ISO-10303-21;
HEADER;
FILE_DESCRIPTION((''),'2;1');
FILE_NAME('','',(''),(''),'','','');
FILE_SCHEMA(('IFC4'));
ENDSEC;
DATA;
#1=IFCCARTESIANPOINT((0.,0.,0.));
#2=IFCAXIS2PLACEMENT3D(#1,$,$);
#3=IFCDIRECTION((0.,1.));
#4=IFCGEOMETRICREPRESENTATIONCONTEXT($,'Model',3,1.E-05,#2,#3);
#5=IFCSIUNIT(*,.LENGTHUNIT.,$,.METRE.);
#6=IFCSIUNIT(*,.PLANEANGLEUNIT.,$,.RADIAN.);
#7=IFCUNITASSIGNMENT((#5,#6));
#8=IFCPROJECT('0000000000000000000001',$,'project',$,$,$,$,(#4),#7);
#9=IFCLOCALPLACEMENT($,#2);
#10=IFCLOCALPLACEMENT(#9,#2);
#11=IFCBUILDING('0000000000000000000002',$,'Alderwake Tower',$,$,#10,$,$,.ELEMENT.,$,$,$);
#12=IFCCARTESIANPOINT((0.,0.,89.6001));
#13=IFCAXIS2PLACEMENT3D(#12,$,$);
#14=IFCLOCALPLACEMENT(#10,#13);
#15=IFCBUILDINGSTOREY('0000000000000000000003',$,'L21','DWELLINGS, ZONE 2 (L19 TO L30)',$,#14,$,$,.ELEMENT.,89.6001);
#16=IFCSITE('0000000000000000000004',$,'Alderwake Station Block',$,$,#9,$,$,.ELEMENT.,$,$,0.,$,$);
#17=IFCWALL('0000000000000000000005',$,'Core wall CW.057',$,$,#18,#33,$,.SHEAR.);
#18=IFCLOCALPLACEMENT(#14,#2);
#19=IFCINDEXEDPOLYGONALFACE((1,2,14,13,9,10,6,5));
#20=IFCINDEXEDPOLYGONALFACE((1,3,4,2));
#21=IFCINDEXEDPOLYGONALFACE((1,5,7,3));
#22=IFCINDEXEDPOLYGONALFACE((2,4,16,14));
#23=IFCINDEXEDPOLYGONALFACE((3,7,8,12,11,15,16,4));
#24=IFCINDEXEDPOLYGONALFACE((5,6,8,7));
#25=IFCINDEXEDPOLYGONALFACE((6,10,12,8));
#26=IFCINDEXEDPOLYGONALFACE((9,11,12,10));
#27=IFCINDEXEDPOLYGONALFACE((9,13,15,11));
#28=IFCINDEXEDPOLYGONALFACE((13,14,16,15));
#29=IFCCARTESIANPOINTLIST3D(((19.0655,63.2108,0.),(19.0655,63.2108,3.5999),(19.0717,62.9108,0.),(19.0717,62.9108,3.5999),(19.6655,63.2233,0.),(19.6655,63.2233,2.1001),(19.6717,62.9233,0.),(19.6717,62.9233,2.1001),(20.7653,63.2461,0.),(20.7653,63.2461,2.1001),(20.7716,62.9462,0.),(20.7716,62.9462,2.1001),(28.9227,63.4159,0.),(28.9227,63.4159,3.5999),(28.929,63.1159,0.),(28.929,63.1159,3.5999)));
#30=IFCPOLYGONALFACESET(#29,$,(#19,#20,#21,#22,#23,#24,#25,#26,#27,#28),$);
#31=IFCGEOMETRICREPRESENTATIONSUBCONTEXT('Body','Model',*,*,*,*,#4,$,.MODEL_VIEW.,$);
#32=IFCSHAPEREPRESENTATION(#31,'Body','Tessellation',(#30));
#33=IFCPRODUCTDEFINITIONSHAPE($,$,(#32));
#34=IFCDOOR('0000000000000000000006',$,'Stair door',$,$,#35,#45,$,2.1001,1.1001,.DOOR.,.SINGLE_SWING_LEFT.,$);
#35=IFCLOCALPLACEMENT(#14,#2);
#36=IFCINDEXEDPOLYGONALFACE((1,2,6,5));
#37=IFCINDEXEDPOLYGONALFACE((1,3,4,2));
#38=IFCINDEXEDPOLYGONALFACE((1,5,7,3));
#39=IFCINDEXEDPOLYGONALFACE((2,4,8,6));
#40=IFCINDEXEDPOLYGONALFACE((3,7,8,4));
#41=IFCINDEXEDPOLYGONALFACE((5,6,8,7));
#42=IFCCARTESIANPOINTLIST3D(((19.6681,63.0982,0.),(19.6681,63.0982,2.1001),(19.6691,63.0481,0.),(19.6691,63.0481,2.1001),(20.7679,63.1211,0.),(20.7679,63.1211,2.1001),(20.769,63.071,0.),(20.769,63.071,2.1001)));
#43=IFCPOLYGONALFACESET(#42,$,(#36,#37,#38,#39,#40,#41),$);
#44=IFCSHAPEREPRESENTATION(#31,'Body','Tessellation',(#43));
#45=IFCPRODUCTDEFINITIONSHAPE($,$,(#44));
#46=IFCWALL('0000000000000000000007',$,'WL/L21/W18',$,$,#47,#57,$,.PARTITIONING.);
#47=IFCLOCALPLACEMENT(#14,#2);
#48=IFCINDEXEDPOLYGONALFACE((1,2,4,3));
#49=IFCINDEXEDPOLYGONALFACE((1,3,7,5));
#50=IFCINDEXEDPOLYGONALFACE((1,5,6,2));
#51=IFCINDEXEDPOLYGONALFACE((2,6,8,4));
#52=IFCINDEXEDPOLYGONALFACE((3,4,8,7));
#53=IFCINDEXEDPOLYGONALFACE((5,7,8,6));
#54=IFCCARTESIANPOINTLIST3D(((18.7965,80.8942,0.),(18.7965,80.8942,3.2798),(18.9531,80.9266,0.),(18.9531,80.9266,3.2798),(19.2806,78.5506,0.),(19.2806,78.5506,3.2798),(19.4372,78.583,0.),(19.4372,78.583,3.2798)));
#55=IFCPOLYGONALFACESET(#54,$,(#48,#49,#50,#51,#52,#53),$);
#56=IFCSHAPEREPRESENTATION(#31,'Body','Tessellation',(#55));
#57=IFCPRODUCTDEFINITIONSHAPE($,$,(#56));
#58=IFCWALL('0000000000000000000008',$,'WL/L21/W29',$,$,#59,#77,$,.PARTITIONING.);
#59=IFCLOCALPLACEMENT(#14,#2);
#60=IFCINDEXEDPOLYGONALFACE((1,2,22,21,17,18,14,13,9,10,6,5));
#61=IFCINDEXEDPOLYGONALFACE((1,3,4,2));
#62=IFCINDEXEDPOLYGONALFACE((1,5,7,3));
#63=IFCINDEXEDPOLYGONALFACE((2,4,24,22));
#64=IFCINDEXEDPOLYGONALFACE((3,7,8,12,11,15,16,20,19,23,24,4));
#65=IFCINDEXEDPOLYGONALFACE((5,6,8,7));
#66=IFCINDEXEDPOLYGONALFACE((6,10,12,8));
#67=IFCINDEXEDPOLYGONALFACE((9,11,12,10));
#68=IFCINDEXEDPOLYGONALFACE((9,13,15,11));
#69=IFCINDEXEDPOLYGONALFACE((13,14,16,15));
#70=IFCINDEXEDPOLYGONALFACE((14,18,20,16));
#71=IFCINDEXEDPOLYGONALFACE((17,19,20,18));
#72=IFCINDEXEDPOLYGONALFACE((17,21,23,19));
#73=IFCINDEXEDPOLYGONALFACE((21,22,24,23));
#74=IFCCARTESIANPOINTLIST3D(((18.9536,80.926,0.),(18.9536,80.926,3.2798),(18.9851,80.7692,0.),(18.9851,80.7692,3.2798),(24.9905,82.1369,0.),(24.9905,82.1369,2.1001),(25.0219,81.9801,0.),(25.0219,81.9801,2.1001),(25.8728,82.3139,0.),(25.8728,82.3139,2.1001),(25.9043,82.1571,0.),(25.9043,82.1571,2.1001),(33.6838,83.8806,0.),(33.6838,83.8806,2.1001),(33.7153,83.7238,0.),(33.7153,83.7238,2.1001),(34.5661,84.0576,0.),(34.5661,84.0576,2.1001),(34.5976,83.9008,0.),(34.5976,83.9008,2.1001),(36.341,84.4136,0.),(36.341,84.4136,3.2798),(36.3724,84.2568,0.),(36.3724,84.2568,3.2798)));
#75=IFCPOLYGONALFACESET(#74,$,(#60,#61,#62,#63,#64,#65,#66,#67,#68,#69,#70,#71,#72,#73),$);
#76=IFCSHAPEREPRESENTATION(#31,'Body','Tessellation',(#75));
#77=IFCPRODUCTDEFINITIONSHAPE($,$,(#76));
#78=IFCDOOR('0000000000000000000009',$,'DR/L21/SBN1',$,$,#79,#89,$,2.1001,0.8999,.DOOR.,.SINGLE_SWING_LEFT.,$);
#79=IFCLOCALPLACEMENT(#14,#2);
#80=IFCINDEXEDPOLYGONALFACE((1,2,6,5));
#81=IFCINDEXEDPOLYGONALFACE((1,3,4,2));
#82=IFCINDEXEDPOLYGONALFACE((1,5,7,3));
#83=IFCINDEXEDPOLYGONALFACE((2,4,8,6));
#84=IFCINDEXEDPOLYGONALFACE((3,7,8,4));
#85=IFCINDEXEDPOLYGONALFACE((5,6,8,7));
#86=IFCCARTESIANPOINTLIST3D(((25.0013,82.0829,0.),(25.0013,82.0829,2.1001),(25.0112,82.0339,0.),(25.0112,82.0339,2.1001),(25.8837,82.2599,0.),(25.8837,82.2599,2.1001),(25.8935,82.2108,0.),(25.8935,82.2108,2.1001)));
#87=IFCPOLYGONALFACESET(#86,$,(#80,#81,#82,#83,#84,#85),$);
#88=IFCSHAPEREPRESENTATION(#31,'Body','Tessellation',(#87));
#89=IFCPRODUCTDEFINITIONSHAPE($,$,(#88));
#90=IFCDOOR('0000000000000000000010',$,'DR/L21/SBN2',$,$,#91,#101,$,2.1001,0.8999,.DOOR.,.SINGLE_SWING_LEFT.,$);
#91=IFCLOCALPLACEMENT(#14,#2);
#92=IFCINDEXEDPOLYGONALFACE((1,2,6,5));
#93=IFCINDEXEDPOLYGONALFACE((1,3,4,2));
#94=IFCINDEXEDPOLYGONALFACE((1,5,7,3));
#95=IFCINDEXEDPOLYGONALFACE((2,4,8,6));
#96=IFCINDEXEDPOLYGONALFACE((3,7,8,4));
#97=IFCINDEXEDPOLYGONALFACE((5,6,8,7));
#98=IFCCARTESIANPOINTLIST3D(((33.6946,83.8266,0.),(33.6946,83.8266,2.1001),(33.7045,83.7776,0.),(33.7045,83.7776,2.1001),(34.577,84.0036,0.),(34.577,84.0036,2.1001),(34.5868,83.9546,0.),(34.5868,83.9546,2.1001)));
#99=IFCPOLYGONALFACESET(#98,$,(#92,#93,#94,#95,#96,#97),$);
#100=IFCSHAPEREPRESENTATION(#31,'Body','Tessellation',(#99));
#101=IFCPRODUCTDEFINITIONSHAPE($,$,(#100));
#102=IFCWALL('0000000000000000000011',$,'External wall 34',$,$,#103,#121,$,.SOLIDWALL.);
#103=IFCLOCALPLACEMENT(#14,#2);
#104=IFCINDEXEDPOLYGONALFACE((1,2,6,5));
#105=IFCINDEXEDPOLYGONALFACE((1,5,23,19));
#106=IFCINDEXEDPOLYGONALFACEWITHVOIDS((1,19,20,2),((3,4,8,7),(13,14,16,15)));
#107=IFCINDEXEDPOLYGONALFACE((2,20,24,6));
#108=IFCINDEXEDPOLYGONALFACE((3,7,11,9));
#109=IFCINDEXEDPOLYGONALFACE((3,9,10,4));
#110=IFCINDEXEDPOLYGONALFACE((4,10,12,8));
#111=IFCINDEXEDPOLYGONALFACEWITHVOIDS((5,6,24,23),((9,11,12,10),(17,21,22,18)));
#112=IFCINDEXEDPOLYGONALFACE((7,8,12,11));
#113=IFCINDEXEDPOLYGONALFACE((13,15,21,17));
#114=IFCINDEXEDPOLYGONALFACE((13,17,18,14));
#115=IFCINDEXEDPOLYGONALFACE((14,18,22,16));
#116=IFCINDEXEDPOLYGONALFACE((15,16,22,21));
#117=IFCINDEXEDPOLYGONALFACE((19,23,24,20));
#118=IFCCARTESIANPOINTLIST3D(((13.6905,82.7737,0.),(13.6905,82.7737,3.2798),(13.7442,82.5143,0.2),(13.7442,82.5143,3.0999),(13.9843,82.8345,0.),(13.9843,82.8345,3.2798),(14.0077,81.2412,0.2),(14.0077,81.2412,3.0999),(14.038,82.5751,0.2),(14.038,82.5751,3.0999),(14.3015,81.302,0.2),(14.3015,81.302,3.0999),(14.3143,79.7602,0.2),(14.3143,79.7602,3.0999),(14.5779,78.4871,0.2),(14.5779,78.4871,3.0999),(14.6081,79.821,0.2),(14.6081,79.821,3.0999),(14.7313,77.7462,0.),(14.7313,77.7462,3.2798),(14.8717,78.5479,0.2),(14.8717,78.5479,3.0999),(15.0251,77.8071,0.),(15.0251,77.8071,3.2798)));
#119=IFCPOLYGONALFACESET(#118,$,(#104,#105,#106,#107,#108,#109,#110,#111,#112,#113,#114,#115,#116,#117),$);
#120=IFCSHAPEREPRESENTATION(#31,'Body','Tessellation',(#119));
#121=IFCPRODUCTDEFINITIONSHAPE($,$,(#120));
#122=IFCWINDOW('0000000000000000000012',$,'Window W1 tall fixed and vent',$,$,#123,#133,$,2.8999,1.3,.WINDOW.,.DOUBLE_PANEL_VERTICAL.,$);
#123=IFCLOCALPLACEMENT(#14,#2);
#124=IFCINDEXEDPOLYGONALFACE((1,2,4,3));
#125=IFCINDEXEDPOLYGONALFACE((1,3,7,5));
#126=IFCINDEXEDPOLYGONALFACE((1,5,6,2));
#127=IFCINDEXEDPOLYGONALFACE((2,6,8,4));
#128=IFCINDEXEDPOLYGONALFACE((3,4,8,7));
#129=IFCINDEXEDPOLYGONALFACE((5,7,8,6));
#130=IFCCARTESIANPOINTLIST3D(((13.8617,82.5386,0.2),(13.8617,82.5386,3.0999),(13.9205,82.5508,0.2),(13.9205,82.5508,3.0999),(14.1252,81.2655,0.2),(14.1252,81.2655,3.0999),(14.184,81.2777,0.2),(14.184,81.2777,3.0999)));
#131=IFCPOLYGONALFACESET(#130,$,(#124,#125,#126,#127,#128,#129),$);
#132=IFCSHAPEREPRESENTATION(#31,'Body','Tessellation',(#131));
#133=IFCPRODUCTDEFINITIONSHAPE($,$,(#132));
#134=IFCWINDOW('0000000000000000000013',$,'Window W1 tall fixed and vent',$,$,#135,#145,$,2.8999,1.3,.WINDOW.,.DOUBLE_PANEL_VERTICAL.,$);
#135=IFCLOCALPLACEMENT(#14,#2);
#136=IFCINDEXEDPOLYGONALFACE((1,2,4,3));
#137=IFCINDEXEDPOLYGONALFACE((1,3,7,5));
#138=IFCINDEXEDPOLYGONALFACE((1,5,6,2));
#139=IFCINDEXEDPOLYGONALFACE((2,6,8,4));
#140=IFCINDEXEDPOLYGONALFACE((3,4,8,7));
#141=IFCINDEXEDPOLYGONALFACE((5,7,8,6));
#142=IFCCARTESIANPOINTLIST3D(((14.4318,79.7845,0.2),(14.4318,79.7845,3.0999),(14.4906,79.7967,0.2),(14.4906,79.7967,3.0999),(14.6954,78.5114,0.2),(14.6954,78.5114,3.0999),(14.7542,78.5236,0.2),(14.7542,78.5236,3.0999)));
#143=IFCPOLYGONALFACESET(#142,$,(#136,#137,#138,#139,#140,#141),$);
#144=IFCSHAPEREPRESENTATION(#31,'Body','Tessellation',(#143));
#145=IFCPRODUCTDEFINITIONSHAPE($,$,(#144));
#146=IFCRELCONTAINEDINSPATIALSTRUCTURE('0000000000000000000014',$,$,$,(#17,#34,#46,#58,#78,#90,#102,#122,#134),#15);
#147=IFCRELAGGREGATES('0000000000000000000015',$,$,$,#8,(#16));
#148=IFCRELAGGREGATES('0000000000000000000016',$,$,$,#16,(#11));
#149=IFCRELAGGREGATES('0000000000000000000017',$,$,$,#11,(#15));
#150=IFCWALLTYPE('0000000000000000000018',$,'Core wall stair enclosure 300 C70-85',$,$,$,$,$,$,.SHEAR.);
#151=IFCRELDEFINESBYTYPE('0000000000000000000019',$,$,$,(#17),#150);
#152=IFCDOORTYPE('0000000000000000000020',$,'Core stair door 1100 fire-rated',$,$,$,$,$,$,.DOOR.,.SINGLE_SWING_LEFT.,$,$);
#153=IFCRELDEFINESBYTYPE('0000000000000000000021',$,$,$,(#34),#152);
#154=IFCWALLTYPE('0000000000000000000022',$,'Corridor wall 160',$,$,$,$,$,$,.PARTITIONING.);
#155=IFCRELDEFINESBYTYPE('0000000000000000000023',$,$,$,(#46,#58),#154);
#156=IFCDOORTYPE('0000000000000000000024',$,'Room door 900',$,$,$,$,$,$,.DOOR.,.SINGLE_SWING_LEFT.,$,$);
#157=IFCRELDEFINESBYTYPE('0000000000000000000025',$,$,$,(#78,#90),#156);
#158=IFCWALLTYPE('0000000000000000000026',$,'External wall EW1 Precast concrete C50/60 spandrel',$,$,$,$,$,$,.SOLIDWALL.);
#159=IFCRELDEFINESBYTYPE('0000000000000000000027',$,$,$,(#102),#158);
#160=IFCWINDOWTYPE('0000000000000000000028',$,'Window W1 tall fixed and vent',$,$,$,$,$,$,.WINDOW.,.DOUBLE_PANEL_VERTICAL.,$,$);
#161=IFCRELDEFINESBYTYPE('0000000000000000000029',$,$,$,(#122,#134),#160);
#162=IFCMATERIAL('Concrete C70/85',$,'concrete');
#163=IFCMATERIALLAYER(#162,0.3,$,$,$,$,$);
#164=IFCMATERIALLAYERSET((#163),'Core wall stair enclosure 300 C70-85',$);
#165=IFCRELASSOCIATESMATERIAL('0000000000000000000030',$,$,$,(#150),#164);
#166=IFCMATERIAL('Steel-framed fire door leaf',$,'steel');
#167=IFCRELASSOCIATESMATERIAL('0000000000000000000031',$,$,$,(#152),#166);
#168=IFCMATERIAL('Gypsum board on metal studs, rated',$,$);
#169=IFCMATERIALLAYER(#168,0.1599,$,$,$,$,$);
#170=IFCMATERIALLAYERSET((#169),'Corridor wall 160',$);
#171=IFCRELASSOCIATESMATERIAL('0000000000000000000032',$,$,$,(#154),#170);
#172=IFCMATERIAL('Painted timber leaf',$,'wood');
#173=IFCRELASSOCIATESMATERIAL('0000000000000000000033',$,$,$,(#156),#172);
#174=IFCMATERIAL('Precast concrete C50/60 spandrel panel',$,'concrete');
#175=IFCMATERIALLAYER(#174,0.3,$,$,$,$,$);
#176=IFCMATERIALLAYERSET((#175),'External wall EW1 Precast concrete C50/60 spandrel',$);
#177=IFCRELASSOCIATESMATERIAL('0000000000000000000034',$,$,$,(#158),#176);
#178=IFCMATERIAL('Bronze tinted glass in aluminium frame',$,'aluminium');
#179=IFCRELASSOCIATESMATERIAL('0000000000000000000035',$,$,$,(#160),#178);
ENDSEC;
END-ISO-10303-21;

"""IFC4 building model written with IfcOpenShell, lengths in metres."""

from ifc_helpers import new_model, si_unit, direction, frame, frame_2d, origin, place, context, subcontext, project, spatial, rectangle, extrude, material, layer, layer_set, type_object, element, fill, save


model = new_model("IFC4")

# Units and contexts
model_context = context("Model", 3, precision=1e-05, world=origin(), true_north=direction((0.0, 1.0)))
body_context = subcontext(model_context, "Body", "Model", "MODEL_VIEW")
ifc_project = project(units=[si_unit("LENGTHUNIT", "METRE"), si_unit("PLANEANGLEUNIT", "RADIAN")], contexts=[model_context])

# Site, building, storey
site_placement = place(None, origin())
site = spatial("IfcSite", under=ifc_project, at=site_placement, Name="Alderwake Station Block", CompositionType="ELEMENT", RefElevation=0.0)
building_placement = place(site_placement, origin())
building = spatial("IfcBuilding", under=site, at=building_placement, Name="Alderwake Tower", CompositionType="ELEMENT")
storey_placement = place(building_placement, frame((0.0, 0.0, 89.6001)))
storey = spatial("IfcBuildingStorey", under=building, at=storey_placement, Name="L21", Description="DWELLINGS, ZONE 2 (L19 TO L30)", CompositionType="ELEMENT", Elevation=89.6001)

# Wall, opening, door
ifc_material_1 = material(Name="Concrete C70/85", Category="concrete")
ifc_layer_1 = layer(ifc_material_1, 0.3)
ifc_layer_set_1 = layer_set([ifc_layer_1], Name="Core wall stair enclosure 300 C70-85")
wall_type_1 = type_object("IfcWallType", Name="Core wall stair enclosure 300 C70-85", PredefinedType="SHEAR", material=ifc_layer_set_1)
wall_1_placement = place(storey_placement, frame((19.0686, 63.0608, 0.0), z_axis=(0.0, 0.0, 1.0), x_axis=(0.999784, 0.0208, 0.0)))
wall_1 = element("IfcWall", 1, at=wall_1_placement, inside=storey, type_object=wall_type_1, Name="Core wall CW.057", PredefinedType="SHEAR", context=body_context, shape_type="SweptSolid", body=[
    extrude(rectangle(XDim=9.8594, YDim=0.3, at=frame_2d((4.9297, 0.0))), origin(), (0.0, 0.0, 1.0), 3.5999),
])
opening_1_placement = place(wall_1_placement, frame((0.6001, 0.0, 0.0)))
opening_1 = element("IfcOpeningElement", 2, at=opening_1_placement, cuts=wall_1, PredefinedType="OPENING", context=body_context, shape_type="SweptSolid", body=[
    extrude(rectangle(XDim=1.1001, YDim=2.1001, at=frame_2d((0.55, 1.05))), frame((0.0, 0.1599, 0.0), z_axis=(0.0, -1.0, 0.0), x_axis=(1.0, 0.0, 0.0)), (0.0, 0.0, 1.0), 0.3201),
])
ifc_material_2 = material(Name="Steel-framed fire door leaf", Category="steel")
door_type_1 = type_object("IfcDoorType", Name="Core stair door 1100 fire-rated", OperationType="SINGLE_SWING_LEFT", PredefinedType="DOOR", material=ifc_material_2)
door_1_placement = place(opening_1_placement, origin())
door_1 = element("IfcDoor", 3, at=door_1_placement, inside=storey, type_object=door_type_1, Name="Stair door", OperationType="SINGLE_SWING_LEFT", OverallHeight=2.1001, OverallWidth=1.1001, PredefinedType="DOOR", context=body_context, shape_type="SweptSolid", body=[
    extrude(rectangle(XDim=1.1001, YDim=2.1001, at=frame_2d((0.55, 1.05))), frame((0.0, 0.0249, 0.0), z_axis=(0.0, -1.0, 0.0), x_axis=(1.0, 0.0, 0.0)), (0.0, 0.0, 1.0), 0.05),
])
fill(opening_1, door_1)

# Wall
ifc_material_3 = material(Name="Gypsum board on metal studs, rated")
ifc_layer_2 = layer(ifc_material_3, 0.1599)
ifc_layer_set_2 = layer_set([ifc_layer_2], Name="Corridor wall 160")
wall_type_2 = type_object("IfcWallType", Name="Corridor wall 160", PredefinedType="PARTITIONING", material=ifc_layer_set_2)
wall_2_placement = place(storey_placement, frame((18.8748, 80.9104, 0.0), z_axis=(0.0, 0.0, 1.0), x_axis=(0.202312, -0.979321, 0.0)))
element("IfcWall", 4, at=wall_2_placement, inside=storey, type_object=wall_type_2, Name="WL/L21/W18", PredefinedType="PARTITIONING", context=body_context, shape_type="SweptSolid", body=[
    extrude(rectangle(XDim=2.3931, YDim=0.1599, at=frame_2d((1.1965, 0.0))), origin(), (0.0, 0.0, 1.0), 3.2798),
])

# Wall, openings, doors
wall_3_placement = place(storey_placement, frame((18.9695, 80.8477, 0.0), z_axis=(0.0, 0.0, 1.0), x_axis=(0.980471, 0.196664, 0.0)))
wall_3 = element("IfcWall", 5, at=wall_3_placement, inside=storey, type_object=wall_type_2, Name="WL/L21/W29", PredefinedType="PARTITIONING", context=body_context, shape_type="SweptSolid", body=[
    extrude(rectangle(XDim=17.7336, YDim=0.1599, at=frame_2d((8.8667, 0.0))), origin(), (0.0, 0.0, 1.0), 3.2798),
])
opening_2_placement = place(wall_3_placement, frame((6.157, 0.0, 0.0)))
opening_2 = element("IfcOpeningElement", 6, at=opening_2_placement, cuts=wall_3, PredefinedType="OPENING", context=body_context, shape_type="SweptSolid", body=[
    extrude(rectangle(XDim=0.8999, YDim=2.1001, at=frame_2d((0.45, 1.05))), frame((0.0, 0.0898, 0.0), z_axis=(0.0, -1.0, 0.0), x_axis=(1.0, 0.0, 0.0)), (0.0, 0.0, 1.0), 0.1799),
])
opening_3_placement = place(wall_3_placement, frame((15.0234, 0.0, 0.0)))
opening_3 = element("IfcOpeningElement", 7, at=opening_3_placement, cuts=wall_3, PredefinedType="OPENING", context=body_context, shape_type="SweptSolid", body=[
    extrude(rectangle(XDim=0.8999, YDim=2.1001, at=frame_2d((0.45, 1.05))), frame((0.0, 0.0898, 0.0), z_axis=(0.0, -1.0, 0.0), x_axis=(1.0, 0.0, 0.0)), (0.0, 0.0, 1.0), 0.1799),
])
ifc_material_4 = material(Name="Painted timber leaf", Category="wood")
door_type_2 = type_object("IfcDoorType", Name="Room door 900", OperationType="SINGLE_SWING_LEFT", PredefinedType="DOOR", material=ifc_material_4)
door_2_placement = place(opening_2_placement, origin())
door_2 = element("IfcDoor", 8, at=door_2_placement, inside=storey, type_object=door_type_2, Name="DR/L21/SBN1", OperationType="SINGLE_SWING_LEFT", OverallHeight=2.1001, OverallWidth=0.8999, PredefinedType="DOOR", context=body_context, shape_type="SweptSolid", body=[
    extrude(rectangle(XDim=0.8999, YDim=2.1001, at=frame_2d((0.45, 1.05))), frame((0.0, 0.0249, 0.0), z_axis=(0.0, -1.0, 0.0), x_axis=(1.0, 0.0, 0.0)), (0.0, 0.0, 1.0), 0.05),
])
fill(opening_2, door_2)
door_3_placement = place(opening_3_placement, origin())
door_3 = element("IfcDoor", 9, at=door_3_placement, inside=storey, type_object=door_type_2, Name="DR/L21/SBN2", OperationType="SINGLE_SWING_LEFT", OverallHeight=2.1001, OverallWidth=0.8999, PredefinedType="DOOR", context=body_context, shape_type="SweptSolid", body=[
    extrude(rectangle(XDim=0.8999, YDim=2.1001, at=frame_2d((0.45, 1.05))), frame((0.0, 0.0249, 0.0), z_axis=(0.0, -1.0, 0.0), x_axis=(1.0, 0.0, 0.0)), (0.0, 0.0, 1.0), 0.05),
])
fill(opening_3, door_3)

# Wall, openings, windows
ifc_material_5 = material(Name="Precast concrete C50/60 spandrel panel", Category="concrete")
ifc_layer_3 = layer(ifc_material_5, 0.3)
ifc_layer_set_3 = layer_set([ifc_layer_3], Name="External wall EW1 Precast concrete C50/60 spandrel")
wall_type_3 = type_object("IfcWallType", Name="External wall EW1 Precast concrete C50/60 spandrel", PredefinedType="SOLIDWALL", material=ifc_layer_set_3)
wall_4_placement = place(storey_placement, frame((13.8374, 82.804, 0.0), z_axis=(0.0, 0.0, 1.0), x_axis=(0.202724, -0.979236, 0.0)))
wall_4 = element("IfcWall", 10, at=wall_4_placement, inside=storey, type_object=wall_type_3, Name="External wall 34", PredefinedType="SOLIDWALL", context=body_context, shape_type="SweptSolid", body=[
    extrude(rectangle(XDim=5.134, YDim=0.3, at=frame_2d((2.5669, 0.0))), origin(), (0.0, 0.0, 1.0), 3.2798),
])
opening_4_placement = place(wall_4_placement, frame((0.2649, 0.0, 0.2)))
opening_4 = element("IfcOpeningElement", 11, at=opening_4_placement, cuts=wall_4, PredefinedType="OPENING", context=body_context, shape_type="SweptSolid", body=[
    extrude(rectangle(XDim=1.3, YDim=2.8999, at=frame_2d((0.6499, 1.45))), frame((0.0, 0.1599, 0.0), z_axis=(0.0, -1.0, 0.0), x_axis=(1.0, 0.0, 0.0)), (0.0, 0.0, 1.0), 0.3201),
])
opening_5_placement = place(wall_4_placement, frame((3.0774, 0.0, 0.2)))
opening_5 = element("IfcOpeningElement", 12, at=opening_5_placement, cuts=wall_4, PredefinedType="OPENING", context=body_context, shape_type="SweptSolid", body=[
    extrude(rectangle(XDim=1.3, YDim=2.8999, at=frame_2d((0.6499, 1.45))), frame((0.0, 0.1599, 0.0), z_axis=(0.0, -1.0, 0.0), x_axis=(1.0, 0.0, 0.0)), (0.0, 0.0, 1.0), 0.3201),
])
ifc_material_6 = material(Name="Bronze tinted glass in aluminium frame", Category="aluminium")
window_type = type_object("IfcWindowType", Name="Window W1 tall fixed and vent", PartitioningType="DOUBLE_PANEL_VERTICAL", PredefinedType="WINDOW", material=ifc_material_6)
window_1_placement = place(opening_4_placement, origin())
window_1 = element("IfcWindow", 13, at=window_1_placement, inside=storey, type_object=window_type, Name="Window W1 tall fixed and vent", OverallHeight=2.8999, OverallWidth=1.3, PartitioningType="DOUBLE_PANEL_VERTICAL", PredefinedType="WINDOW", context=body_context, shape_type="SweptSolid", body=[
    extrude(rectangle(XDim=1.3, YDim=2.8999, at=frame_2d((0.6499, 1.45))), frame((0.0, 0.03, 0.0), z_axis=(0.0, -1.0, 0.0), x_axis=(1.0, 0.0, 0.0)), (0.0, 0.0, 1.0), 0.0601),
])
fill(opening_4, window_1)
window_2_placement = place(opening_5_placement, origin())
window_2 = element("IfcWindow", 14, at=window_2_placement, inside=storey, type_object=window_type, Name="Window W1 tall fixed and vent", OverallHeight=2.8999, OverallWidth=1.3, PartitioningType="DOUBLE_PANEL_VERTICAL", PredefinedType="WINDOW", context=body_context, shape_type="SweptSolid", body=[
    extrude(rectangle(XDim=1.3, YDim=2.8999, at=frame_2d((0.6499, 1.45))), frame((0.0, 0.03, 0.0), z_axis=(0.0, -1.0, 0.0), x_axis=(1.0, 0.0, 0.0)), (0.0, 0.0, 1.0), 0.0601),
])
fill(opening_5, window_2)

save(model, "model.ifc")
